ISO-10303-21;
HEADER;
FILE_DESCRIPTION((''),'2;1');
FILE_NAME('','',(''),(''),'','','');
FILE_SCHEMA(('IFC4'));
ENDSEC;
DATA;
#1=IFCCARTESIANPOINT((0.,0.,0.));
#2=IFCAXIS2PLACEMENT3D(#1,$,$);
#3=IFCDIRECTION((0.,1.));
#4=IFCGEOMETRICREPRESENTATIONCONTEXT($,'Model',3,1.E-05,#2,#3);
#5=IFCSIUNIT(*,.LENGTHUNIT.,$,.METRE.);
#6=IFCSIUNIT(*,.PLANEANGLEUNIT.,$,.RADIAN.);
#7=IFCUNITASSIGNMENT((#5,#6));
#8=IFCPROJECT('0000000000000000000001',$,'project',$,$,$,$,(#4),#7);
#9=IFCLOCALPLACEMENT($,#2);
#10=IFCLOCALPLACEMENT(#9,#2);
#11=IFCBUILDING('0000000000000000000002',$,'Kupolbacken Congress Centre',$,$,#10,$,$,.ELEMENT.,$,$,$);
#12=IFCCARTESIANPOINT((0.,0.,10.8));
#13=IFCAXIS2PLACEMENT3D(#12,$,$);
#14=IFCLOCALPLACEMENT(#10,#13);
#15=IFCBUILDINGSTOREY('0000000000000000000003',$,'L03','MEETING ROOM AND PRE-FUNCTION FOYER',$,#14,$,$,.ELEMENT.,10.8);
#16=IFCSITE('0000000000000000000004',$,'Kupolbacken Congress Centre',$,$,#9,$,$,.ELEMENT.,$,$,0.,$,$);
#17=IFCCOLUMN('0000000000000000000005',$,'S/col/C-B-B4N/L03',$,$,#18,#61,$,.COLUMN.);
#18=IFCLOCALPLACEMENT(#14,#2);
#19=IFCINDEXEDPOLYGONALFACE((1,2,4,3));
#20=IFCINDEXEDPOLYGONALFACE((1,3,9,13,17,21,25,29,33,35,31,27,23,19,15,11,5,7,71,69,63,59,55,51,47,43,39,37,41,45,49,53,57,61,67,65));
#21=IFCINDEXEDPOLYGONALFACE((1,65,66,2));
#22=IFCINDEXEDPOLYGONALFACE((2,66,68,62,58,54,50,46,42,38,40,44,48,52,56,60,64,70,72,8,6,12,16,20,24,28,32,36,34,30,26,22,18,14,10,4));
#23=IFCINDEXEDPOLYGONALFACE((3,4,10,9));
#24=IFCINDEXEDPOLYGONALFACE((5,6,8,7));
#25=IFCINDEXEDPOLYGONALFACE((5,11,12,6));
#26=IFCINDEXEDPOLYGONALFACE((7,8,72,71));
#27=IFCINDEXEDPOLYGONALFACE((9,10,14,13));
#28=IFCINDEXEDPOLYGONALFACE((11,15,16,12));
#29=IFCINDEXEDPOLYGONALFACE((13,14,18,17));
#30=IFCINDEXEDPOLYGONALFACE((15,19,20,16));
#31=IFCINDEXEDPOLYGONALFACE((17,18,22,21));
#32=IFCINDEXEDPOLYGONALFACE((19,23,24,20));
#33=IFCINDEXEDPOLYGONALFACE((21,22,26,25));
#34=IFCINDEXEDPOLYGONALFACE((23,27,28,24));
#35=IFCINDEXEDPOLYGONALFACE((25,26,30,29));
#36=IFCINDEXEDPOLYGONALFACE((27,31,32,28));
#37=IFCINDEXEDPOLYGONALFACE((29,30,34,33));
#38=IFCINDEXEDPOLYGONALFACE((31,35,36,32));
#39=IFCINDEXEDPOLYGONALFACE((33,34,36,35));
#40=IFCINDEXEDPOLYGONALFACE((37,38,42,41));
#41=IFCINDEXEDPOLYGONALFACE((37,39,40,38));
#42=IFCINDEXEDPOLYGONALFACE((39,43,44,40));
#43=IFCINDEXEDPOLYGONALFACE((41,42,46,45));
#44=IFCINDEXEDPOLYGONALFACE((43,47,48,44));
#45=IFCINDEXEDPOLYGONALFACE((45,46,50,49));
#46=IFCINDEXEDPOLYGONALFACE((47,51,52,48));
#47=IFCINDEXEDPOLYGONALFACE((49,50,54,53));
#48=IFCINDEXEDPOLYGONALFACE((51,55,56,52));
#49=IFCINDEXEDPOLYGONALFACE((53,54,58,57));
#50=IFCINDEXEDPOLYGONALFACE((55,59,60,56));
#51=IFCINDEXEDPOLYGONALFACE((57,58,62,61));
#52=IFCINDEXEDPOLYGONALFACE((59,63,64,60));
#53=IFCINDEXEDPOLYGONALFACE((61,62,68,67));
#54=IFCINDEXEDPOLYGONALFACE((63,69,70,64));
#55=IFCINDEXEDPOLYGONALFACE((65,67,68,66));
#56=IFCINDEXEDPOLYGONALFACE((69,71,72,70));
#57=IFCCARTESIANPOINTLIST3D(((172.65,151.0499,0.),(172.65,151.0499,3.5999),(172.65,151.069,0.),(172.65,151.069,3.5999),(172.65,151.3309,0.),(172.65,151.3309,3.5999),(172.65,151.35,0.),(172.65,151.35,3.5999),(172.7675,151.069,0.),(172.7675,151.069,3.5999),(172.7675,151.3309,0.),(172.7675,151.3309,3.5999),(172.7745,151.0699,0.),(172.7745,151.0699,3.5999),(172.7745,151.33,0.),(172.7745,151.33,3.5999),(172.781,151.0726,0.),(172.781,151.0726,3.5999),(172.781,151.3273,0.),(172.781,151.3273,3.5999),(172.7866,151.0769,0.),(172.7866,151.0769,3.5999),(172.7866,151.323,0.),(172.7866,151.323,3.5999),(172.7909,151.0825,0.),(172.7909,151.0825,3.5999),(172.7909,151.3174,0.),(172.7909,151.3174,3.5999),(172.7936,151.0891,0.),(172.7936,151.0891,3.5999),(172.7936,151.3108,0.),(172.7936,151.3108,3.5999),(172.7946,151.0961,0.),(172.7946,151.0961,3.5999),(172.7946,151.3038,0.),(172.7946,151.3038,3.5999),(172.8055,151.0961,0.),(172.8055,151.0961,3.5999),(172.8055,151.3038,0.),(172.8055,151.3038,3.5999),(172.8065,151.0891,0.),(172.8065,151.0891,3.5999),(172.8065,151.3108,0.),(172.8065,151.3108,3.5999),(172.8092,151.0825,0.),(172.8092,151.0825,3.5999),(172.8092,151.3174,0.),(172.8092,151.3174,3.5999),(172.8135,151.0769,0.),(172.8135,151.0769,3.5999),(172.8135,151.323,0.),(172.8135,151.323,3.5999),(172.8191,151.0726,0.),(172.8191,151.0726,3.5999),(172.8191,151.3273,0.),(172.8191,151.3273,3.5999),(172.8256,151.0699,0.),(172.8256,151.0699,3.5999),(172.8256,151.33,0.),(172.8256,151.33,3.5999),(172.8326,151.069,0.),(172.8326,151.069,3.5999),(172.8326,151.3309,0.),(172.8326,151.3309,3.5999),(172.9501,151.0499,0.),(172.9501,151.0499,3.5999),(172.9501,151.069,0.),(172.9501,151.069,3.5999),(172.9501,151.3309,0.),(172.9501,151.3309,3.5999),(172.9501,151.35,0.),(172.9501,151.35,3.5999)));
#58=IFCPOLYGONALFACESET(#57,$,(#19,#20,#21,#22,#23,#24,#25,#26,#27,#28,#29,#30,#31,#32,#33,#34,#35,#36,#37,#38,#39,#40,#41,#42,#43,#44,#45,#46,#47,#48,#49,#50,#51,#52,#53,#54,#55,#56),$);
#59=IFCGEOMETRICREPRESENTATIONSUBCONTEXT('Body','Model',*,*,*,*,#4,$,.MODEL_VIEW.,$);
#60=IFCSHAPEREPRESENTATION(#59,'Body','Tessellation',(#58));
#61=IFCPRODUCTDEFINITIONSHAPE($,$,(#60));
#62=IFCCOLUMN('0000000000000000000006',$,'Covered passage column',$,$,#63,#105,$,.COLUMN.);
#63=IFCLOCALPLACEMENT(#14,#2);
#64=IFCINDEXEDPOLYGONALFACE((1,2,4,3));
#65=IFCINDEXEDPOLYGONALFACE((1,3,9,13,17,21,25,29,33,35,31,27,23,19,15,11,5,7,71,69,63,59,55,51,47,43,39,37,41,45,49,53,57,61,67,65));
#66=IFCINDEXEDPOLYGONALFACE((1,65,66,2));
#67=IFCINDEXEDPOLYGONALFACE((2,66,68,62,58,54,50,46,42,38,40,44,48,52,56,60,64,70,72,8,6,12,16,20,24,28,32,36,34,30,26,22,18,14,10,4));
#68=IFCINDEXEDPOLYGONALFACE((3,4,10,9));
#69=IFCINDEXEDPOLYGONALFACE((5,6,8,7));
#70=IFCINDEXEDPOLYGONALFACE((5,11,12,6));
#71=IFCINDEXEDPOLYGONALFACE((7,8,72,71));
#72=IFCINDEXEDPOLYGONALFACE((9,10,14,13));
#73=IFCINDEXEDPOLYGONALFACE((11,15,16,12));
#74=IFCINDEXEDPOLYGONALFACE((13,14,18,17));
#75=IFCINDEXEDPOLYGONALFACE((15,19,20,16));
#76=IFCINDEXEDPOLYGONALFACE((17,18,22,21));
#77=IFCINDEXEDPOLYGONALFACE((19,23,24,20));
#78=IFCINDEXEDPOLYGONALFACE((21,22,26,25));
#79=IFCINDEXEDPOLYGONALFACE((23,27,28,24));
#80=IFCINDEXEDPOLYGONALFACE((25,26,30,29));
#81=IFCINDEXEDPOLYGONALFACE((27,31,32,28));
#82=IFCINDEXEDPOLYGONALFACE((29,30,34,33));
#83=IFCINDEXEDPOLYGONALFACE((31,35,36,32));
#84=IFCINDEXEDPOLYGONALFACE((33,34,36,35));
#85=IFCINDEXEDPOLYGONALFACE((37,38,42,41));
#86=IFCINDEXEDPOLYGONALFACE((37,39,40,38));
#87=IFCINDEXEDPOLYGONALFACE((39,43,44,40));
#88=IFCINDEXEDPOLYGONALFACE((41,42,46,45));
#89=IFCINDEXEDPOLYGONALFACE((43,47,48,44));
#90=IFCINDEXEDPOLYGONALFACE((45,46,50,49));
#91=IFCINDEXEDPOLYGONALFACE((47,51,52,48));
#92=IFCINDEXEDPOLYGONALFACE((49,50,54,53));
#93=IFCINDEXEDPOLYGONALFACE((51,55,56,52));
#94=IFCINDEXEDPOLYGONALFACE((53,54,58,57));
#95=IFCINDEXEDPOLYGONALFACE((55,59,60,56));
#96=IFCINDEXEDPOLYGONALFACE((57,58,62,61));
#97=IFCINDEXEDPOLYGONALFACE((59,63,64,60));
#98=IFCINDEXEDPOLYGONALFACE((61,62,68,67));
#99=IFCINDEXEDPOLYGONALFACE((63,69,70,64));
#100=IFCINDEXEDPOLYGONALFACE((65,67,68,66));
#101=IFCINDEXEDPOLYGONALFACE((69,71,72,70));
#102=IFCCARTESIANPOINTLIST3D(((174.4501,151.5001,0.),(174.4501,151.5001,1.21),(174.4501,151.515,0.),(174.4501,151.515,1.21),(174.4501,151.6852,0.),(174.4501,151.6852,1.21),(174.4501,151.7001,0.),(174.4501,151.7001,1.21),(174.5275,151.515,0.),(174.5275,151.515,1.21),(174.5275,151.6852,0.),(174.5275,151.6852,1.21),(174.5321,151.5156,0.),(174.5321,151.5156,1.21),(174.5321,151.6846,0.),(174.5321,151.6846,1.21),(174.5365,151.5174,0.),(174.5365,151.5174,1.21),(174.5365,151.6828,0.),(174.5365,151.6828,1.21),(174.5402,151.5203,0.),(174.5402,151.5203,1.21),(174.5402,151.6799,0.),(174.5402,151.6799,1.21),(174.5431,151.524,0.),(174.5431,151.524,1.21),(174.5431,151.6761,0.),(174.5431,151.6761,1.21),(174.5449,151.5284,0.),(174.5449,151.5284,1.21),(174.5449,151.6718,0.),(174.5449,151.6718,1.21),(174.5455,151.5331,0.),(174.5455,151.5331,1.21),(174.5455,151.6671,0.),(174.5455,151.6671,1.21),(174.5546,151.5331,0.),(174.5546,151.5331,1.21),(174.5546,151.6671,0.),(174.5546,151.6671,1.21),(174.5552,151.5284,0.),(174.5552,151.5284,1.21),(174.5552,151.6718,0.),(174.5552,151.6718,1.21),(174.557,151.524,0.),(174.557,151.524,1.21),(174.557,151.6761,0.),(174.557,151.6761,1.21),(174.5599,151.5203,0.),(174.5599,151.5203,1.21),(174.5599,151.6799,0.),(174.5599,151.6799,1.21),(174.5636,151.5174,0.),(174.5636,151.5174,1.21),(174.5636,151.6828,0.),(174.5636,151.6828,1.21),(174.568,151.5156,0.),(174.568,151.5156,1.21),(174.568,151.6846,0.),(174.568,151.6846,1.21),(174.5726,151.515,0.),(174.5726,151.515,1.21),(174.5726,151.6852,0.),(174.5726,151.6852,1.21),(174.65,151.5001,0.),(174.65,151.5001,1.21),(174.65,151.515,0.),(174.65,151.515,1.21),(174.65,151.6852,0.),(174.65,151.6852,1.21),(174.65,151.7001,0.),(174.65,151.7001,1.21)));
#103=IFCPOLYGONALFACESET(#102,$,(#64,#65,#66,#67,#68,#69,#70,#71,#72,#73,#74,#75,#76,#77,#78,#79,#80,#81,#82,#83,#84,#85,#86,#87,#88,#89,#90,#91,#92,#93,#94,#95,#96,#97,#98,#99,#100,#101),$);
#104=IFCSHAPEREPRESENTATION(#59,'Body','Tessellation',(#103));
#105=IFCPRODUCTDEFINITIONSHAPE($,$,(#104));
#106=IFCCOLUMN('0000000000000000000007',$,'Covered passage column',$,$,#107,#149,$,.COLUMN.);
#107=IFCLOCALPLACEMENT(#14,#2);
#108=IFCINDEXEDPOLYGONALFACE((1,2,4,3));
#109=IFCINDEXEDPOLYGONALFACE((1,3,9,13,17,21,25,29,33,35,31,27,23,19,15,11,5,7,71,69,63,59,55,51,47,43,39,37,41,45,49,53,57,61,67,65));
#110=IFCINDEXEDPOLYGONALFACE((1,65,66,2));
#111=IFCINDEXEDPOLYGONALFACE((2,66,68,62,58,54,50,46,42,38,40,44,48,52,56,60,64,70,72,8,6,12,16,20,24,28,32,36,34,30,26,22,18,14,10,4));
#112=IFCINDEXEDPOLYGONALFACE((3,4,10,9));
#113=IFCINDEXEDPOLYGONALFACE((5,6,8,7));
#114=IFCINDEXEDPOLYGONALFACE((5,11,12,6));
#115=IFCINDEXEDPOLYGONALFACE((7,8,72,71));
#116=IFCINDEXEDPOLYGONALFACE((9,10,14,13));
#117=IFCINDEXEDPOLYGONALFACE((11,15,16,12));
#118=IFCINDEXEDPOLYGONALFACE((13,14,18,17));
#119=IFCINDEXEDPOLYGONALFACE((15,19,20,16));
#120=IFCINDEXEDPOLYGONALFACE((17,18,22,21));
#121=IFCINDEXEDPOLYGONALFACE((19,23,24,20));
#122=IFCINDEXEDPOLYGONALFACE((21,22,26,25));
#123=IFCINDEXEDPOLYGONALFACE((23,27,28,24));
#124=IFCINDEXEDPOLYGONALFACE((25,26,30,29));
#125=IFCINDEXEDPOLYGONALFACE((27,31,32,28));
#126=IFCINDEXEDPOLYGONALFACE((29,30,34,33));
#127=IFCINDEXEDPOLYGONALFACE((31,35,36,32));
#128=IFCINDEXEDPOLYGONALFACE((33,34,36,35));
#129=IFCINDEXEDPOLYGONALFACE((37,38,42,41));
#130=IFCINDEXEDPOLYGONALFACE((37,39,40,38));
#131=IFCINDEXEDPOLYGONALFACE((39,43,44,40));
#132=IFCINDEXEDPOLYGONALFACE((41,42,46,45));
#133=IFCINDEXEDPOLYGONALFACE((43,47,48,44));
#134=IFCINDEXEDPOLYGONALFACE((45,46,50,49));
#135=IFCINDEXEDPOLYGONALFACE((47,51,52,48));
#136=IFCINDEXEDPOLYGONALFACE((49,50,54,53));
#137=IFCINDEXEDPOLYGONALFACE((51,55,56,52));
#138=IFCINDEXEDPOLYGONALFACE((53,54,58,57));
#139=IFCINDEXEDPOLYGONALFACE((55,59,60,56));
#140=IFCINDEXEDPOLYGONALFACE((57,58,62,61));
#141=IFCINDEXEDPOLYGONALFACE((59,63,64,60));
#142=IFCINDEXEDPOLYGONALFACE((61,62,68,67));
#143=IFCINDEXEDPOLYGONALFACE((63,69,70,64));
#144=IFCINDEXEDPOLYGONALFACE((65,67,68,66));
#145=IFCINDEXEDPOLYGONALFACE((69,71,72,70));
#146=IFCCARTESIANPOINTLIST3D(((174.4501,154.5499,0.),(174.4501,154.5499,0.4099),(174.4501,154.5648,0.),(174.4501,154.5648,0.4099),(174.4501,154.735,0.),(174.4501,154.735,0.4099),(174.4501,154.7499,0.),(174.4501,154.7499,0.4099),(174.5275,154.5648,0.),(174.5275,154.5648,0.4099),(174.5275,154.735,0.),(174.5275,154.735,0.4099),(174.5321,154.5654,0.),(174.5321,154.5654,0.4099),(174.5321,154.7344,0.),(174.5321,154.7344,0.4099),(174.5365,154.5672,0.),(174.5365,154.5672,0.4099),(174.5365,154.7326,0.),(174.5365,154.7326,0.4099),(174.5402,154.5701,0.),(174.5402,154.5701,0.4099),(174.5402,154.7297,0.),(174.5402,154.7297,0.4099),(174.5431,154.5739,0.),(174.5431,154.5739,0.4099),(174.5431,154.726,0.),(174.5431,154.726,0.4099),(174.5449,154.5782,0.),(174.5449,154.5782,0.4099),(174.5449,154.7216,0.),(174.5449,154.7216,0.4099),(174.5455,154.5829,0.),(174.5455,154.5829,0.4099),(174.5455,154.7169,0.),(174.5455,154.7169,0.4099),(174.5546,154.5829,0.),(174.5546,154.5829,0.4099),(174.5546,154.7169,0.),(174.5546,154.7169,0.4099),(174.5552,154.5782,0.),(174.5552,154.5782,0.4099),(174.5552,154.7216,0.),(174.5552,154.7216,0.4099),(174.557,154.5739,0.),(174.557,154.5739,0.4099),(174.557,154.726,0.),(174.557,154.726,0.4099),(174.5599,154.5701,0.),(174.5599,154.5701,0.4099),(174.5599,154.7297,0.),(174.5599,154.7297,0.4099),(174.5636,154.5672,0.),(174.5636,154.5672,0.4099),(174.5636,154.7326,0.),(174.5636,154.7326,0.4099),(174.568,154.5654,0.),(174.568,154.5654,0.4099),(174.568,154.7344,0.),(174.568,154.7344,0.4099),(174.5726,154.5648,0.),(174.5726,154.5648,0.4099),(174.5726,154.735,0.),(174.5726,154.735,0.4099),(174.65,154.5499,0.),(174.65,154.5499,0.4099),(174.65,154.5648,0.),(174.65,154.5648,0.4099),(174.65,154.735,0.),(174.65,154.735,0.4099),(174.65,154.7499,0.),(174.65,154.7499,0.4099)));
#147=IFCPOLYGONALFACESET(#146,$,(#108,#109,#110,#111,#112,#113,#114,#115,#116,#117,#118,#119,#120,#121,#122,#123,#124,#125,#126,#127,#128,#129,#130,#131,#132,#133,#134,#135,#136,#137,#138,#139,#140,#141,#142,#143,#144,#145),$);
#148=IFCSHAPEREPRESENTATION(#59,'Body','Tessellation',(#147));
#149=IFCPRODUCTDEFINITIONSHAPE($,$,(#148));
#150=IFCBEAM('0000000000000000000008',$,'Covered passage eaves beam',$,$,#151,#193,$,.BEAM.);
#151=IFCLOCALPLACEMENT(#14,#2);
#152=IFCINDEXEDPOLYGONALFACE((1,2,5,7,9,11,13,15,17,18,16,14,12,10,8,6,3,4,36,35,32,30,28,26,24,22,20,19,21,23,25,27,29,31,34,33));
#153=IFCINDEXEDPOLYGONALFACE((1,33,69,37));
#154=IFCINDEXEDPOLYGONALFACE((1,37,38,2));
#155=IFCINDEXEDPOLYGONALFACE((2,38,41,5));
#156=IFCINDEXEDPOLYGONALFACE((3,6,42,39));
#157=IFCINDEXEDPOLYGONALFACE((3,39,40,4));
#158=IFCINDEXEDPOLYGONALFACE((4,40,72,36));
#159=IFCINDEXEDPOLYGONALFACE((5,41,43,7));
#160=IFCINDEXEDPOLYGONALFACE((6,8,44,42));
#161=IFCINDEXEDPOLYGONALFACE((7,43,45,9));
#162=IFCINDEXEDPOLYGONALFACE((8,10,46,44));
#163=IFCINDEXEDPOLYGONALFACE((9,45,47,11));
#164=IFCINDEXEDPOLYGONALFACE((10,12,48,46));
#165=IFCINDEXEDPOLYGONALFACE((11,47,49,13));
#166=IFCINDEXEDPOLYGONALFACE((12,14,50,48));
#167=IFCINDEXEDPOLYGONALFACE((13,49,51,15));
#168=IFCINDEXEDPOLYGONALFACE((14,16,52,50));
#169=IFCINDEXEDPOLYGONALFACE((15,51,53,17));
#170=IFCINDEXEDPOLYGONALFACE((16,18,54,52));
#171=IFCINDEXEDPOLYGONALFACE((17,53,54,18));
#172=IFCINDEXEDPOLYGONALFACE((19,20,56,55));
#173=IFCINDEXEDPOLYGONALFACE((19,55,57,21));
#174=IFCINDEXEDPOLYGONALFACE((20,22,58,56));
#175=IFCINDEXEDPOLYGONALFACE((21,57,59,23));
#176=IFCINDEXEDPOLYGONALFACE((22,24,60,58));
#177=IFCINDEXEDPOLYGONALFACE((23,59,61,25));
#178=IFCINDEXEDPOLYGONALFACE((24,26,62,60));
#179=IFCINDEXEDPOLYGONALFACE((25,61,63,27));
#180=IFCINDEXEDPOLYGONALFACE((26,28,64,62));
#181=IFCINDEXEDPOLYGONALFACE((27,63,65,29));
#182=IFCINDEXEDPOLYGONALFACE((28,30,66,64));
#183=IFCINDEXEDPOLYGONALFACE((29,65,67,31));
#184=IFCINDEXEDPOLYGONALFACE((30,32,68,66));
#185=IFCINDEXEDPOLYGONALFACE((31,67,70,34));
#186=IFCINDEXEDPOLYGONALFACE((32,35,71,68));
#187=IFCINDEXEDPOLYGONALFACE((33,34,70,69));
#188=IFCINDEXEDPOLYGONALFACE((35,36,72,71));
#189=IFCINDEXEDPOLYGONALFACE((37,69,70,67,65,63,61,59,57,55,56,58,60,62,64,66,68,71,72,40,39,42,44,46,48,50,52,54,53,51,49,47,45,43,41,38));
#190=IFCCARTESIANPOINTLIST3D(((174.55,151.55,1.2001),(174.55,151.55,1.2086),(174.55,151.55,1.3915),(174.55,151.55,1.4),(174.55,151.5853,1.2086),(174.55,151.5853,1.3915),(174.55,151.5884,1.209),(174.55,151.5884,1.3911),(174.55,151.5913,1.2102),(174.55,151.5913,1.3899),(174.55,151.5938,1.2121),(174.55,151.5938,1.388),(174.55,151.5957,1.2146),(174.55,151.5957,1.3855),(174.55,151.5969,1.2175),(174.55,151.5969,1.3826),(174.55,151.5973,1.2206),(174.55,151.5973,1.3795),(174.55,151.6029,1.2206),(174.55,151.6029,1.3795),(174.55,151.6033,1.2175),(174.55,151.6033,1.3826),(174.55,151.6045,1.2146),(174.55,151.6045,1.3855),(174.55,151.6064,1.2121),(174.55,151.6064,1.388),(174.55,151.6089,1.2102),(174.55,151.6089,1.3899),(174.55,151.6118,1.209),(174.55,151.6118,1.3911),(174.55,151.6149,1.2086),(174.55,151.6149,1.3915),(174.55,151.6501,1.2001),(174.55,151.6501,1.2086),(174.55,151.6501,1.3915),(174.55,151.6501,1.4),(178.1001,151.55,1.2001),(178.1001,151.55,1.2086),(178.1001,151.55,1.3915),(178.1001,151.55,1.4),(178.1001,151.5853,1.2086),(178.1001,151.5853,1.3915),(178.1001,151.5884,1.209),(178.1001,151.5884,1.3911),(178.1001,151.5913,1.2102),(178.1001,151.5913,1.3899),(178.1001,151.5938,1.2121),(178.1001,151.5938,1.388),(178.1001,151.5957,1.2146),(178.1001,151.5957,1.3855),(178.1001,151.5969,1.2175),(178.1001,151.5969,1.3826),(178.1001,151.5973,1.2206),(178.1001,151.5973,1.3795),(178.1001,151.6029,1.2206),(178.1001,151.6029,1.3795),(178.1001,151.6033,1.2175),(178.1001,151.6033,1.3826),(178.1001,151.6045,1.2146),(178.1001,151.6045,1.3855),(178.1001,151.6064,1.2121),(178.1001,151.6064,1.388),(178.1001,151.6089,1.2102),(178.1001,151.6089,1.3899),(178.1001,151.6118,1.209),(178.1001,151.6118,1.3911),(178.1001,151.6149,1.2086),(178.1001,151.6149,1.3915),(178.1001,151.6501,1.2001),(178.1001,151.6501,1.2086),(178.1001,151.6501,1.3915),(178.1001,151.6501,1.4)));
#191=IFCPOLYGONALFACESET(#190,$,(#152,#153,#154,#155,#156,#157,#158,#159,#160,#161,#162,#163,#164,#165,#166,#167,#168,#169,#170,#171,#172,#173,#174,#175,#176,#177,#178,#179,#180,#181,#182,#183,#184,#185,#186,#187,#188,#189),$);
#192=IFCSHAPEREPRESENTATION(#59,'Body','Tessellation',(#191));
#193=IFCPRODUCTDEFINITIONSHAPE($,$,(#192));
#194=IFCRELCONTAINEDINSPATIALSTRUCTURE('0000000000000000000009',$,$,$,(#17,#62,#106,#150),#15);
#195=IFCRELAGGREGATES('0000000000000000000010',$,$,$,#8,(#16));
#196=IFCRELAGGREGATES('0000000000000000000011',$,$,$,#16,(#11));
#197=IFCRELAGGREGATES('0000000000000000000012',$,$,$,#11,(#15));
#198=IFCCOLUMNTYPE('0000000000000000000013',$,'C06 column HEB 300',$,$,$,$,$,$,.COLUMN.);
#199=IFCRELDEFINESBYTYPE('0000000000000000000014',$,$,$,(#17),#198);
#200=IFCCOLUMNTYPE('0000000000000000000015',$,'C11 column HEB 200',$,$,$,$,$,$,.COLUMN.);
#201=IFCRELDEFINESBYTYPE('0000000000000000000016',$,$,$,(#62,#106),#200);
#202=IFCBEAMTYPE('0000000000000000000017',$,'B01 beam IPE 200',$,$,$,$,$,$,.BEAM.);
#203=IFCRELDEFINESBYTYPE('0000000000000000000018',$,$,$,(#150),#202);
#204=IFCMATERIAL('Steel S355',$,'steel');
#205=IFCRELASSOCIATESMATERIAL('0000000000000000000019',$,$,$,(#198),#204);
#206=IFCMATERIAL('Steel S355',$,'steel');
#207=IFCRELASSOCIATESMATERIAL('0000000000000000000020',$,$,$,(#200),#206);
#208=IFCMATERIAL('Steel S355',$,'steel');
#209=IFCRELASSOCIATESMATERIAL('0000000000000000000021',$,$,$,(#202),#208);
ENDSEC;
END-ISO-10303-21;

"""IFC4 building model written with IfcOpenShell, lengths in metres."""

from ifc_helpers import new_model, si_unit, direction, frame, origin, origin_2d, place, context, subcontext, project, spatial, i_section, extrude, material, material_profile, profile_set, type_object, element, save


model = new_model("IFC4")

# Units and contexts
model_context = context("Model", 3, precision=1e-05, world=origin(), true_north=direction((0.0, 1.0)))
body_context = subcontext(model_context, "Body", "Model", "MODEL_VIEW")
ifc_project = project(units=[si_unit("LENGTHUNIT", "METRE"), si_unit("PLANEANGLEUNIT", "RADIAN")], contexts=[model_context])

# Site, building, storey
site_placement = place(None, origin())
site = spatial("IfcSite", under=ifc_project, at=site_placement, Name="Kupolbacken Congress Centre", CompositionType="ELEMENT", RefElevation=0.0)
building_placement = place(site_placement, origin())
building = spatial("IfcBuilding", under=site, at=building_placement, Name="Kupolbacken Congress Centre", CompositionType="ELEMENT")
storey_placement = place(building_placement, frame((0.0, 0.0, 10.8)))
storey = spatial("IfcBuildingStorey", under=building, at=storey_placement, Name="L03", Description="MEETING ROOM AND PRE-FUNCTION FOYER", CompositionType="ELEMENT", Elevation=10.8)

# Columns
ifc_material_1 = material(Name="Steel S355", Category="steel")
ifc_material_profile_1 = material_profile(ifc_material_1, i_section(OverallWidth=0.3, OverallDepth=0.3, WebThickness=0.011, FlangeThickness=0.019, FilletRadius=0.0271, at=origin_2d()), Name="HEB 300")
ifc_profile_set_1 = profile_set([ifc_material_profile_1], Name="Steel S355")
column_type_1 = type_object("IfcColumnType", Name="C06 column HEB 300", PredefinedType="COLUMN", material=ifc_profile_set_1)
column_1_placement = place(storey_placement, frame((172.8, 151.2, 0.0), z_axis=(0.0, 0.0, 1.0), x_axis=(1.0, 0.0, 0.0)))
element("IfcColumn", 1, at=column_1_placement, inside=storey, type_object=column_type_1, Name="S/col/C-B-B4N/L03", PredefinedType="COLUMN", context=body_context, shape_type="SweptSolid", body=[
    extrude(i_section(OverallWidth=0.3, OverallDepth=0.3, WebThickness=0.011, FlangeThickness=0.019, FilletRadius=0.0271, at=origin_2d()), origin(), (0.0, 0.0, 1.0), 3.5999),
])
ifc_material_2 = material(Name="Steel S355", Category="steel")
ifc_material_profile_2 = material_profile(ifc_material_2, i_section(OverallWidth=0.2, OverallDepth=0.2, WebThickness=0.009, FlangeThickness=0.0149, FilletRadius=0.0181, at=origin_2d()), Name="HEB 200")
ifc_profile_set_2 = profile_set([ifc_material_profile_2], Name="Steel S355")
column_type_2 = type_object("IfcColumnType", Name="C11 column HEB 200", PredefinedType="COLUMN", material=ifc_profile_set_2)
column_2_placement = place(storey_placement, frame((174.55, 151.6001, 0.0), z_axis=(0.0, 0.0, 1.0), x_axis=(1.0, 0.0, 0.0)))
element("IfcColumn", 2, at=column_2_placement, inside=storey, type_object=column_type_2, Name="Covered passage column", PredefinedType="COLUMN", context=body_context, shape_type="SweptSolid", body=[
    extrude(i_section(OverallWidth=0.2, OverallDepth=0.2, WebThickness=0.009, FlangeThickness=0.0149, FilletRadius=0.0181, at=origin_2d()), origin(), (0.0, 0.0, 1.0), 1.21),
])
column_3_placement = place(storey_placement, frame((174.55, 154.6499, 0.0), z_axis=(0.0, 0.0, 1.0), x_axis=(1.0, 0.0, 0.0)))
element("IfcColumn", 3, at=column_3_placement, inside=storey, type_object=column_type_2, Name="Covered passage column", PredefinedType="COLUMN", context=body_context, shape_type="SweptSolid", body=[
    extrude(i_section(OverallWidth=0.2, OverallDepth=0.2, WebThickness=0.009, FlangeThickness=0.0149, FilletRadius=0.0181, at=origin_2d()), origin(), (0.0, 0.0, 1.0), 0.4099),
])

# Beam
ifc_material_3 = material(Name="Steel S355", Category="steel")
ifc_material_profile_3 = material_profile(ifc_material_3, i_section(OverallWidth=0.1001, OverallDepth=0.2, WebThickness=0.0056, FlangeThickness=0.0085, FilletRadius=0.012, at=origin_2d()), Name="IPE 200")
ifc_profile_set_3 = profile_set([ifc_material_profile_3], Name="Steel S355")
beam_type = type_object("IfcBeamType", Name="B01 beam IPE 200", PredefinedType="BEAM", material=ifc_profile_set_3)
for number, where, z_axis, x_axis, name in (
    (4, (174.55, 151.6001, 1.3), (1.0, 0.0, 0.0), (0.0, 1.0, 0.0), "Covered passage eaves beam"),
):
    element("IfcBeam", number, at=place(storey_placement, frame(where, z_axis=z_axis, x_axis=x_axis)), inside=storey, type_object=beam_type, Name=name, PredefinedType="BEAM", context=body_context, shape_type="SweptSolid", body=[
        extrude(i_section(OverallWidth=0.1001, OverallDepth=0.2, WebThickness=0.0056, FlangeThickness=0.0085, FilletRadius=0.012, at=origin_2d()), origin(), (0.0, 0.0, 1.0), 3.55),
    ])

save(model, "model.ifc")
